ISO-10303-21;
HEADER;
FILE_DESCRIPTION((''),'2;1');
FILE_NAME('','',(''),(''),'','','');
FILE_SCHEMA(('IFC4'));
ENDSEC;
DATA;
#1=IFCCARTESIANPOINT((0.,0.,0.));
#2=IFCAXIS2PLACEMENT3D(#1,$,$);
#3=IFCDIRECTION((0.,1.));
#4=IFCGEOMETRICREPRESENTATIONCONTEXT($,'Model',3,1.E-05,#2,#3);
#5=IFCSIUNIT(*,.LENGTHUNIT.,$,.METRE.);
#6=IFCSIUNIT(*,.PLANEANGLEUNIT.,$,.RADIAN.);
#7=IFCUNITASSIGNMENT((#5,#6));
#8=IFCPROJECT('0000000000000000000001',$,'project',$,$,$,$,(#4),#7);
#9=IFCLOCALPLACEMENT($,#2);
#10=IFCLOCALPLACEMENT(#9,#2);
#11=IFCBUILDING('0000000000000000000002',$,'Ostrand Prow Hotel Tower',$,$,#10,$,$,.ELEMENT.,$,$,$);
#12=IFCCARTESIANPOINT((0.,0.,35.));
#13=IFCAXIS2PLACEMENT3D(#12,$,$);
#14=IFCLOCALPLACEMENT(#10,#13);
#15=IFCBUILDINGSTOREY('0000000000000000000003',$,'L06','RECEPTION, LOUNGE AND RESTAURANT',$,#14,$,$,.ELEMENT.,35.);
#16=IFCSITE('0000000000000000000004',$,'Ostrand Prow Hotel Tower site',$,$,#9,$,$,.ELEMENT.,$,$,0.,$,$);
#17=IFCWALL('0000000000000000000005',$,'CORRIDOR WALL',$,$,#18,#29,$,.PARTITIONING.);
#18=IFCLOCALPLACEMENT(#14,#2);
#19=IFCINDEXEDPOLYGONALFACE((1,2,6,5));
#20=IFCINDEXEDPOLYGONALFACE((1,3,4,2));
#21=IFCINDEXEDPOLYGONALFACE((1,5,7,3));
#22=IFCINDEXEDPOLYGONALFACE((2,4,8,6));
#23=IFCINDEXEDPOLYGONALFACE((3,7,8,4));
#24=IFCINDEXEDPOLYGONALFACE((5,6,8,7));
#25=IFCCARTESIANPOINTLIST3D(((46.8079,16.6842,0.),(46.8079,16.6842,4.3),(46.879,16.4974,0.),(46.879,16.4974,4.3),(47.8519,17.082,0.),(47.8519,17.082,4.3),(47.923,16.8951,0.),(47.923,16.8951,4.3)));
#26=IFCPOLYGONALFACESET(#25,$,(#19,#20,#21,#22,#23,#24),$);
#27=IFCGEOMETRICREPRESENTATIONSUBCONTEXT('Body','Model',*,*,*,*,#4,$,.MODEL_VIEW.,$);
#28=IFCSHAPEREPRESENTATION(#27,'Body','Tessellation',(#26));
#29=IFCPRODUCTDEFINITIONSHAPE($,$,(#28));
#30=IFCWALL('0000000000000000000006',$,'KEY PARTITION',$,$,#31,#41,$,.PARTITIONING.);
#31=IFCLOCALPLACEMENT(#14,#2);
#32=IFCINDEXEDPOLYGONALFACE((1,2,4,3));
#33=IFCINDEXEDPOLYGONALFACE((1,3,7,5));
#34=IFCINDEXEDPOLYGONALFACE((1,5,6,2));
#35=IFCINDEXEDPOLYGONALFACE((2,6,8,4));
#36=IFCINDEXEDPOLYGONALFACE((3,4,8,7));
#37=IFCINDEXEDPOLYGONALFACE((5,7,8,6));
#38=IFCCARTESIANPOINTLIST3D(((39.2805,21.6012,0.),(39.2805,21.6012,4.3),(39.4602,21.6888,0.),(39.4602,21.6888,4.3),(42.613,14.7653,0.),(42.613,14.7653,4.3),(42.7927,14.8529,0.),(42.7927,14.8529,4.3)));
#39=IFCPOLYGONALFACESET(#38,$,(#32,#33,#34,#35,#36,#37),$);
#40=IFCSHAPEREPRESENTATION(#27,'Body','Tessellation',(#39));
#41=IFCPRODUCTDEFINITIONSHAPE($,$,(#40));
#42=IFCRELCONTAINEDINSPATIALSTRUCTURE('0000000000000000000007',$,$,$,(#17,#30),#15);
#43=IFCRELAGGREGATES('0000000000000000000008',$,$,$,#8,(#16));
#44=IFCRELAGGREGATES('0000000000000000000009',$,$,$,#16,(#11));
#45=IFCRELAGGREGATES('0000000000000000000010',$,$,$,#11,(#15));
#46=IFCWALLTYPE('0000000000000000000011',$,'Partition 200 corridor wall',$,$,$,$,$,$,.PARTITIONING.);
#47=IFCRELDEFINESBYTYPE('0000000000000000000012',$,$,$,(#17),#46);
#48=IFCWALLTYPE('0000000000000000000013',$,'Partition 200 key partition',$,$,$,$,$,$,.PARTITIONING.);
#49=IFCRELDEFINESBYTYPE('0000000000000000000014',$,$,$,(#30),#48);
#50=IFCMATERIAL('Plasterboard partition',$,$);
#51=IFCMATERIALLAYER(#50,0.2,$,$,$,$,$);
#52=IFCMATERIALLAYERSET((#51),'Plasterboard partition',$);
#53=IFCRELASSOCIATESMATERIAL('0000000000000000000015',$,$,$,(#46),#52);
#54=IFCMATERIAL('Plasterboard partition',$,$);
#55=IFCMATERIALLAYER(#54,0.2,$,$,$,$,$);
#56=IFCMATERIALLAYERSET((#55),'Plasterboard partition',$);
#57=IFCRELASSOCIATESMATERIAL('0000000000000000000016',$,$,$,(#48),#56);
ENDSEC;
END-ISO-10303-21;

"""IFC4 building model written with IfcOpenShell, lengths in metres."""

from ifc_helpers import new_model, si_unit, direction, frame, frame_2d, origin, place, context, subcontext, project, spatial, rectangle, extrude, material, layer, layer_set, type_object, element, save


model = new_model("IFC4")

# Units and contexts
model_context = context("Model", 3, precision=1e-05, world=origin(), true_north=direction((0.0, 1.0)))
body_context = subcontext(model_context, "Body", "Model", "MODEL_VIEW")
ifc_project = project(units=[si_unit("LENGTHUNIT", "METRE"), si_unit("PLANEANGLEUNIT", "RADIAN")], contexts=[model_context])

# Site, building, storey
site_placement = place(None, origin())
site = spatial("IfcSite", under=ifc_project, at=site_placement, Name="Ostrand Prow Hotel Tower site", CompositionType="ELEMENT", RefElevation=0.0)
building_placement = place(site_placement, origin())
building = spatial("IfcBuilding", under=site, at=building_placement, Name="Ostrand Prow Hotel Tower", CompositionType="ELEMENT")
storey_placement = place(building_placement, frame((0.0, 0.0, 35.0)))
storey = spatial("IfcBuildingStorey", under=building, at=storey_placement, Name="L06", Description="RECEPTION, LOUNGE AND RESTAURANT", CompositionType="ELEMENT", Elevation=35.0)

# Shared definitions
ifc_material_1 = material(Name="Plasterboard partition")
ifc_layer_1 = layer(ifc_material_1, 0.2)
ifc_layer_set_1 = layer_set([ifc_layer_1], Name="Plasterboard partition")
wall_type_1 = type_object("IfcWallType", Name="Partition 200 corridor wall", PredefinedType="PARTITIONING", material=ifc_layer_set_1)

# Walls
wall_1_placement = place(storey_placement, frame((47.8875, 16.9885, 0.0), z_axis=(0.0, 0.0, 1.0), x_axis=(-0.934484, -0.356004, 0.0)))
element("IfcWall", 1, at=wall_1_placement, inside=storey, type_object=wall_type_1, Name="CORRIDOR WALL", PredefinedType="PARTITIONING", context=body_context, shape_type="SweptSolid", body=[
    extrude(rectangle(XDim=1.1172, YDim=0.2, at=frame_2d((0.5586, 0.0))), origin(), (0.0, 0.0, 1.0), 4.3),
])
ifc_material_2 = material(Name="Plasterboard partition")
ifc_layer_2 = layer(ifc_material_2, 0.2)
ifc_layer_set_2 = layer_set([ifc_layer_2], Name="Plasterboard partition")
wall_type_2 = type_object("IfcWallType", Name="Partition 200 key partition", PredefinedType="PARTITIONING", material=ifc_layer_set_2)
wall_2_placement = place(storey_placement, frame((42.7029, 14.8091, 0.0), z_axis=(0.0, 0.0, 1.0), x_axis=(-0.438202, 0.898876, 0.0)))
element("IfcWall", 2, at=wall_2_placement, inside=storey, type_object=wall_type_2, Name="KEY PARTITION", PredefinedType="PARTITIONING", context=body_context, shape_type="SweptSolid", body=[
    extrude(rectangle(XDim=7.605, YDim=0.2, at=frame_2d((3.8025, 0.0))), origin(), (0.0, 0.0, 1.0), 4.3),
])

save(model, "model.ifc")
